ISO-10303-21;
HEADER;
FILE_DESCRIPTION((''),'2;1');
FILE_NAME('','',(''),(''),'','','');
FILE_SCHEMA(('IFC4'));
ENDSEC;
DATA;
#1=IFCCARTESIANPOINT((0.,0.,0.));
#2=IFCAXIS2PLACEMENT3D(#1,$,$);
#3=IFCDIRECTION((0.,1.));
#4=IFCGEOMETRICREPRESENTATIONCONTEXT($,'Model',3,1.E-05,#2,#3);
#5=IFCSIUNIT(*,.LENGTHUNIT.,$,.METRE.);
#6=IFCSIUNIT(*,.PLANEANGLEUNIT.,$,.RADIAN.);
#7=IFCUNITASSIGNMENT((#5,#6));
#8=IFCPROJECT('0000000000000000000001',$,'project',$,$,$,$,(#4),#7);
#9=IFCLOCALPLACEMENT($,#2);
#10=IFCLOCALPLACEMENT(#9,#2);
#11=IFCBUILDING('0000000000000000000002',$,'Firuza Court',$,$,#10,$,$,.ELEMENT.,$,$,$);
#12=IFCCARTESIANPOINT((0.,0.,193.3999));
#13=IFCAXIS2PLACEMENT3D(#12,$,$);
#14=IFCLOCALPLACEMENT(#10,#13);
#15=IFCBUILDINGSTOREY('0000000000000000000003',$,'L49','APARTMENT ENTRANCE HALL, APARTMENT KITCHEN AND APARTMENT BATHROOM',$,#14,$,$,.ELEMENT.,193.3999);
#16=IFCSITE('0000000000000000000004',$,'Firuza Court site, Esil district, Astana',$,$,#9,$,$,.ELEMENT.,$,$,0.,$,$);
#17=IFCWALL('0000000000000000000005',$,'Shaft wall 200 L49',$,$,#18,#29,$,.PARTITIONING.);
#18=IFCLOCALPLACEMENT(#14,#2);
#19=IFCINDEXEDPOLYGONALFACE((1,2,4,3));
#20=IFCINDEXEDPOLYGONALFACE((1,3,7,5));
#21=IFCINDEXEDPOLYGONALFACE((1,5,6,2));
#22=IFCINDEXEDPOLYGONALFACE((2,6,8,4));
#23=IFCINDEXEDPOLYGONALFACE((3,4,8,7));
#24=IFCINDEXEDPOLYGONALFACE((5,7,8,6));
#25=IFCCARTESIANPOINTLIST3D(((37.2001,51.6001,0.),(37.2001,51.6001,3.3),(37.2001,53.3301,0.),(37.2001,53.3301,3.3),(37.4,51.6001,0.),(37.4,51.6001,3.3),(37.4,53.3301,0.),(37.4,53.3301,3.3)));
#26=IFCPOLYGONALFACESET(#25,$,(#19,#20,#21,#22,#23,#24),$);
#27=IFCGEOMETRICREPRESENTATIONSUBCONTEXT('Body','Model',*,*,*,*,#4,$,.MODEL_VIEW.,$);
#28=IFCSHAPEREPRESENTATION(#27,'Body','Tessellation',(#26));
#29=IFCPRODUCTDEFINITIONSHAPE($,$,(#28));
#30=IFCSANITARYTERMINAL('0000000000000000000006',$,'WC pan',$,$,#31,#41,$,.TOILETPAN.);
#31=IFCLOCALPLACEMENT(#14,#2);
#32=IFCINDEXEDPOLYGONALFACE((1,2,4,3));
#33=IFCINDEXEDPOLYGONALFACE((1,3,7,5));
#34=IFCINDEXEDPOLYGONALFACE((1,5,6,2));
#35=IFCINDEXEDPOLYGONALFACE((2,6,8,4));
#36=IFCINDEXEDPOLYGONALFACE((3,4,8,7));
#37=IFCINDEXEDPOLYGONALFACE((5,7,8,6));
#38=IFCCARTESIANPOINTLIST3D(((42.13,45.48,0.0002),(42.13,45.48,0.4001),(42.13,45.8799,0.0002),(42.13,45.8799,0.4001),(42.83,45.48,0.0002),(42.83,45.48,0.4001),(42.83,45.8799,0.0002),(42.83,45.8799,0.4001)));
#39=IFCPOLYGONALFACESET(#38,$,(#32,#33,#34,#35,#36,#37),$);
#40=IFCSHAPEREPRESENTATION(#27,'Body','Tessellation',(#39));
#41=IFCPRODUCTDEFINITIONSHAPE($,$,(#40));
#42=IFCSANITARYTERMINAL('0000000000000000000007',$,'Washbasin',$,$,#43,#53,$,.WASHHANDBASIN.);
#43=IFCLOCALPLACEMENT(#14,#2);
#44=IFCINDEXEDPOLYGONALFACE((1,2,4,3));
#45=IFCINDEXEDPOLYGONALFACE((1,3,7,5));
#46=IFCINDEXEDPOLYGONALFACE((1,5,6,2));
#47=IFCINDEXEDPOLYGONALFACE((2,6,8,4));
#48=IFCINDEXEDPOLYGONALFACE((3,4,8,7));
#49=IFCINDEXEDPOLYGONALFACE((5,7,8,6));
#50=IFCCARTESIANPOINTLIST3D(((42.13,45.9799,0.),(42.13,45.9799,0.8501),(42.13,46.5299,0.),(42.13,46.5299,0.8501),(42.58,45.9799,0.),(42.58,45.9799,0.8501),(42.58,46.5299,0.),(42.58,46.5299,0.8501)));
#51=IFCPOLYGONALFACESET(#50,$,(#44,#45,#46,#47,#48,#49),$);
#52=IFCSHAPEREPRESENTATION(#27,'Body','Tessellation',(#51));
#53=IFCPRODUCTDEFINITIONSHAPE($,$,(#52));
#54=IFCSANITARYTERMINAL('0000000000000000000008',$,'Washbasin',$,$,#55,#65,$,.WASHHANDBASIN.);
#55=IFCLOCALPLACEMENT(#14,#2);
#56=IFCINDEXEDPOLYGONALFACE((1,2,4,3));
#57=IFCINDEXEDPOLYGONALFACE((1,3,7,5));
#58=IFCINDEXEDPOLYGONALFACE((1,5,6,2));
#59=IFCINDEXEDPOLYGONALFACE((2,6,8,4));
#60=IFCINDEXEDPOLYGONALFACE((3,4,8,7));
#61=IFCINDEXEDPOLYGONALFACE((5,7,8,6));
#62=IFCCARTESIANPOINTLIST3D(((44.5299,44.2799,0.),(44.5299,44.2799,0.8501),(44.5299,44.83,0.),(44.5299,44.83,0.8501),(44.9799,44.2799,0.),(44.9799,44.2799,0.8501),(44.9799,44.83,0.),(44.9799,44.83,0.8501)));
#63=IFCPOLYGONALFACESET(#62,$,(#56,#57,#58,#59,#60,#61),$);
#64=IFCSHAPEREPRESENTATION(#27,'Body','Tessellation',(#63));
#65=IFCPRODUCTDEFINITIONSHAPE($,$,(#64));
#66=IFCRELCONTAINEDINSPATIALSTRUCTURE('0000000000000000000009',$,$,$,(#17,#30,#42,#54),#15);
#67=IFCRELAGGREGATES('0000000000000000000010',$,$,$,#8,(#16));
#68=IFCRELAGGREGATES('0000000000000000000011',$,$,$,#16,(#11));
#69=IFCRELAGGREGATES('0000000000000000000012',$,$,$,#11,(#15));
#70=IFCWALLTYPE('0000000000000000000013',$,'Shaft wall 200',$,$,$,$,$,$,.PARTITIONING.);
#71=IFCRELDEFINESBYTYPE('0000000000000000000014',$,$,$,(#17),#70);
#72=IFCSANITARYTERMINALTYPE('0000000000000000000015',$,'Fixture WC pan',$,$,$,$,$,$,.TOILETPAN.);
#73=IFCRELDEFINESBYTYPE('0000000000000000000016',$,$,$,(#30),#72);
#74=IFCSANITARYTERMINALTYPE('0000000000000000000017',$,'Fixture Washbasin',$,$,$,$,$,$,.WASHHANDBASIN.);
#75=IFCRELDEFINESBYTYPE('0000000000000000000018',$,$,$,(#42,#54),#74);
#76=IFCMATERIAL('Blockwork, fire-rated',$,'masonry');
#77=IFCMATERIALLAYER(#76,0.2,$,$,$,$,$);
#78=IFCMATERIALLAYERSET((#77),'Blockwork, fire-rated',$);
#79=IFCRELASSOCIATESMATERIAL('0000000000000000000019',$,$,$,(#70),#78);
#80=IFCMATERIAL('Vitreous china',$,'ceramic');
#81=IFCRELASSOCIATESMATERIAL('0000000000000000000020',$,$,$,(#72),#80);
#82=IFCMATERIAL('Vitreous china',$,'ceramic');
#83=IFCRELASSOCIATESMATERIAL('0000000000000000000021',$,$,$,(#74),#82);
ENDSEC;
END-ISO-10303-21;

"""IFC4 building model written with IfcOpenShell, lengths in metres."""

from ifc_helpers import new_model, si_unit, direction, frame, frame_2d, origin, origin_2d, place, context, subcontext, project, spatial, rectangle, extrude, material, layer, layer_set, type_object, element, save


model = new_model("IFC4")

# Units and contexts
model_context = context("Model", 3, precision=1e-05, world=origin(), true_north=direction((0.0, 1.0)))
body_context = subcontext(model_context, "Body", "Model", "MODEL_VIEW")
ifc_project = project(units=[si_unit("LENGTHUNIT", "METRE"), si_unit("PLANEANGLEUNIT", "RADIAN")], contexts=[model_context])

# Site, building, storey
site_placement = place(None, origin())
site = spatial("IfcSite", under=ifc_project, at=site_placement, Name="Firuza Court site, Esil district, Astana", CompositionType="ELEMENT", RefElevation=0.0)
building_placement = place(site_placement, origin())
building = spatial("IfcBuilding", under=site, at=building_placement, Name="Firuza Court", CompositionType="ELEMENT")
storey_placement = place(building_placement, frame((0.0, 0.0, 193.3999)))
storey = spatial("IfcBuildingStorey", under=building, at=storey_placement, Name="L49", Description="APARTMENT ENTRANCE HALL, APARTMENT KITCHEN AND APARTMENT BATHROOM", CompositionType="ELEMENT", Elevation=193.3999)

# Shared definitions
ifc_material_1 = material(Name="Blockwork, fire-rated", Category="masonry")
ifc_layer_1 = layer(ifc_material_1, 0.2)
ifc_layer_set_1 = layer_set([ifc_layer_1], Name="Blockwork, fire-rated")
wall_type_1 = type_object("IfcWallType", Name="Shaft wall 200", PredefinedType="PARTITIONING", material=ifc_layer_set_1)

# Wall
for number, where, z_axis, x_axis, name in (
    (1, (37.3, 51.6001, 0.0), (0.0, 0.0, 1.0), (0.0, 1.0, 0.0), "Shaft wall 200 L49"),
):
    element("IfcWall", number, at=place(storey_placement, frame(where, z_axis=z_axis, x_axis=x_axis)), inside=storey, type_object=wall_type_1, Name=name, PredefinedType="PARTITIONING", context=body_context, shape_type="SweptSolid", body=[
        extrude(rectangle(XDim=1.73, YDim=0.2, at=frame_2d((0.865, 0.0))), origin(), (0.0, 0.0, 1.0), 3.3),
    ])

# Sanitary terminals
ifc_material_2 = material(Name="Vitreous china", Category="ceramic")
sanitary_terminal_type_1 = type_object("IfcSanitaryTerminalType", Name="Fixture WC pan", PredefinedType="TOILETPAN", material=ifc_material_2)
sanitary_terminal_placement = place(storey_placement, frame((42.48, 45.6799, 0.0002), z_axis=(0.0, 0.0, 1.0), x_axis=(1.0, 0.0, 0.0)))
element("IfcSanitaryTerminal", 2, at=sanitary_terminal_placement, inside=storey, type_object=sanitary_terminal_type_1, Name="WC pan", PredefinedType="TOILETPAN", context=body_context, shape_type="SweptSolid", body=[
    extrude(rectangle(XDim=0.7, YDim=0.3999, at=origin_2d()), origin(), (0.0, 0.0, 1.0), 0.3999),
])
ifc_material_3 = material(Name="Vitreous china", Category="ceramic")
sanitary_terminal_type_2 = type_object("IfcSanitaryTerminalType", Name="Fixture Washbasin", PredefinedType="WASHHANDBASIN", material=ifc_material_3)
for number, where, z_axis, x_axis, name in (
    (3, (42.355, 46.2549, 0.0), (0.0, 0.0, 1.0), (1.0, 0.0, 0.0), "Washbasin"),
    (4, (44.7549, 44.5549, 0.0), (0.0, 0.0, 1.0), (1.0, 0.0, 0.0), "Washbasin"),
):
    element("IfcSanitaryTerminal", number, at=place(storey_placement, frame(where, z_axis=z_axis, x_axis=x_axis)), inside=storey, type_object=sanitary_terminal_type_2, Name=name, PredefinedType="WASHHANDBASIN", context=body_context, shape_type="SweptSolid", body=[
        extrude(rectangle(XDim=0.45, YDim=0.55, at=origin_2d()), origin(), (0.0, 0.0, 1.0), 0.8501),
    ])

save(model, "model.ifc")
